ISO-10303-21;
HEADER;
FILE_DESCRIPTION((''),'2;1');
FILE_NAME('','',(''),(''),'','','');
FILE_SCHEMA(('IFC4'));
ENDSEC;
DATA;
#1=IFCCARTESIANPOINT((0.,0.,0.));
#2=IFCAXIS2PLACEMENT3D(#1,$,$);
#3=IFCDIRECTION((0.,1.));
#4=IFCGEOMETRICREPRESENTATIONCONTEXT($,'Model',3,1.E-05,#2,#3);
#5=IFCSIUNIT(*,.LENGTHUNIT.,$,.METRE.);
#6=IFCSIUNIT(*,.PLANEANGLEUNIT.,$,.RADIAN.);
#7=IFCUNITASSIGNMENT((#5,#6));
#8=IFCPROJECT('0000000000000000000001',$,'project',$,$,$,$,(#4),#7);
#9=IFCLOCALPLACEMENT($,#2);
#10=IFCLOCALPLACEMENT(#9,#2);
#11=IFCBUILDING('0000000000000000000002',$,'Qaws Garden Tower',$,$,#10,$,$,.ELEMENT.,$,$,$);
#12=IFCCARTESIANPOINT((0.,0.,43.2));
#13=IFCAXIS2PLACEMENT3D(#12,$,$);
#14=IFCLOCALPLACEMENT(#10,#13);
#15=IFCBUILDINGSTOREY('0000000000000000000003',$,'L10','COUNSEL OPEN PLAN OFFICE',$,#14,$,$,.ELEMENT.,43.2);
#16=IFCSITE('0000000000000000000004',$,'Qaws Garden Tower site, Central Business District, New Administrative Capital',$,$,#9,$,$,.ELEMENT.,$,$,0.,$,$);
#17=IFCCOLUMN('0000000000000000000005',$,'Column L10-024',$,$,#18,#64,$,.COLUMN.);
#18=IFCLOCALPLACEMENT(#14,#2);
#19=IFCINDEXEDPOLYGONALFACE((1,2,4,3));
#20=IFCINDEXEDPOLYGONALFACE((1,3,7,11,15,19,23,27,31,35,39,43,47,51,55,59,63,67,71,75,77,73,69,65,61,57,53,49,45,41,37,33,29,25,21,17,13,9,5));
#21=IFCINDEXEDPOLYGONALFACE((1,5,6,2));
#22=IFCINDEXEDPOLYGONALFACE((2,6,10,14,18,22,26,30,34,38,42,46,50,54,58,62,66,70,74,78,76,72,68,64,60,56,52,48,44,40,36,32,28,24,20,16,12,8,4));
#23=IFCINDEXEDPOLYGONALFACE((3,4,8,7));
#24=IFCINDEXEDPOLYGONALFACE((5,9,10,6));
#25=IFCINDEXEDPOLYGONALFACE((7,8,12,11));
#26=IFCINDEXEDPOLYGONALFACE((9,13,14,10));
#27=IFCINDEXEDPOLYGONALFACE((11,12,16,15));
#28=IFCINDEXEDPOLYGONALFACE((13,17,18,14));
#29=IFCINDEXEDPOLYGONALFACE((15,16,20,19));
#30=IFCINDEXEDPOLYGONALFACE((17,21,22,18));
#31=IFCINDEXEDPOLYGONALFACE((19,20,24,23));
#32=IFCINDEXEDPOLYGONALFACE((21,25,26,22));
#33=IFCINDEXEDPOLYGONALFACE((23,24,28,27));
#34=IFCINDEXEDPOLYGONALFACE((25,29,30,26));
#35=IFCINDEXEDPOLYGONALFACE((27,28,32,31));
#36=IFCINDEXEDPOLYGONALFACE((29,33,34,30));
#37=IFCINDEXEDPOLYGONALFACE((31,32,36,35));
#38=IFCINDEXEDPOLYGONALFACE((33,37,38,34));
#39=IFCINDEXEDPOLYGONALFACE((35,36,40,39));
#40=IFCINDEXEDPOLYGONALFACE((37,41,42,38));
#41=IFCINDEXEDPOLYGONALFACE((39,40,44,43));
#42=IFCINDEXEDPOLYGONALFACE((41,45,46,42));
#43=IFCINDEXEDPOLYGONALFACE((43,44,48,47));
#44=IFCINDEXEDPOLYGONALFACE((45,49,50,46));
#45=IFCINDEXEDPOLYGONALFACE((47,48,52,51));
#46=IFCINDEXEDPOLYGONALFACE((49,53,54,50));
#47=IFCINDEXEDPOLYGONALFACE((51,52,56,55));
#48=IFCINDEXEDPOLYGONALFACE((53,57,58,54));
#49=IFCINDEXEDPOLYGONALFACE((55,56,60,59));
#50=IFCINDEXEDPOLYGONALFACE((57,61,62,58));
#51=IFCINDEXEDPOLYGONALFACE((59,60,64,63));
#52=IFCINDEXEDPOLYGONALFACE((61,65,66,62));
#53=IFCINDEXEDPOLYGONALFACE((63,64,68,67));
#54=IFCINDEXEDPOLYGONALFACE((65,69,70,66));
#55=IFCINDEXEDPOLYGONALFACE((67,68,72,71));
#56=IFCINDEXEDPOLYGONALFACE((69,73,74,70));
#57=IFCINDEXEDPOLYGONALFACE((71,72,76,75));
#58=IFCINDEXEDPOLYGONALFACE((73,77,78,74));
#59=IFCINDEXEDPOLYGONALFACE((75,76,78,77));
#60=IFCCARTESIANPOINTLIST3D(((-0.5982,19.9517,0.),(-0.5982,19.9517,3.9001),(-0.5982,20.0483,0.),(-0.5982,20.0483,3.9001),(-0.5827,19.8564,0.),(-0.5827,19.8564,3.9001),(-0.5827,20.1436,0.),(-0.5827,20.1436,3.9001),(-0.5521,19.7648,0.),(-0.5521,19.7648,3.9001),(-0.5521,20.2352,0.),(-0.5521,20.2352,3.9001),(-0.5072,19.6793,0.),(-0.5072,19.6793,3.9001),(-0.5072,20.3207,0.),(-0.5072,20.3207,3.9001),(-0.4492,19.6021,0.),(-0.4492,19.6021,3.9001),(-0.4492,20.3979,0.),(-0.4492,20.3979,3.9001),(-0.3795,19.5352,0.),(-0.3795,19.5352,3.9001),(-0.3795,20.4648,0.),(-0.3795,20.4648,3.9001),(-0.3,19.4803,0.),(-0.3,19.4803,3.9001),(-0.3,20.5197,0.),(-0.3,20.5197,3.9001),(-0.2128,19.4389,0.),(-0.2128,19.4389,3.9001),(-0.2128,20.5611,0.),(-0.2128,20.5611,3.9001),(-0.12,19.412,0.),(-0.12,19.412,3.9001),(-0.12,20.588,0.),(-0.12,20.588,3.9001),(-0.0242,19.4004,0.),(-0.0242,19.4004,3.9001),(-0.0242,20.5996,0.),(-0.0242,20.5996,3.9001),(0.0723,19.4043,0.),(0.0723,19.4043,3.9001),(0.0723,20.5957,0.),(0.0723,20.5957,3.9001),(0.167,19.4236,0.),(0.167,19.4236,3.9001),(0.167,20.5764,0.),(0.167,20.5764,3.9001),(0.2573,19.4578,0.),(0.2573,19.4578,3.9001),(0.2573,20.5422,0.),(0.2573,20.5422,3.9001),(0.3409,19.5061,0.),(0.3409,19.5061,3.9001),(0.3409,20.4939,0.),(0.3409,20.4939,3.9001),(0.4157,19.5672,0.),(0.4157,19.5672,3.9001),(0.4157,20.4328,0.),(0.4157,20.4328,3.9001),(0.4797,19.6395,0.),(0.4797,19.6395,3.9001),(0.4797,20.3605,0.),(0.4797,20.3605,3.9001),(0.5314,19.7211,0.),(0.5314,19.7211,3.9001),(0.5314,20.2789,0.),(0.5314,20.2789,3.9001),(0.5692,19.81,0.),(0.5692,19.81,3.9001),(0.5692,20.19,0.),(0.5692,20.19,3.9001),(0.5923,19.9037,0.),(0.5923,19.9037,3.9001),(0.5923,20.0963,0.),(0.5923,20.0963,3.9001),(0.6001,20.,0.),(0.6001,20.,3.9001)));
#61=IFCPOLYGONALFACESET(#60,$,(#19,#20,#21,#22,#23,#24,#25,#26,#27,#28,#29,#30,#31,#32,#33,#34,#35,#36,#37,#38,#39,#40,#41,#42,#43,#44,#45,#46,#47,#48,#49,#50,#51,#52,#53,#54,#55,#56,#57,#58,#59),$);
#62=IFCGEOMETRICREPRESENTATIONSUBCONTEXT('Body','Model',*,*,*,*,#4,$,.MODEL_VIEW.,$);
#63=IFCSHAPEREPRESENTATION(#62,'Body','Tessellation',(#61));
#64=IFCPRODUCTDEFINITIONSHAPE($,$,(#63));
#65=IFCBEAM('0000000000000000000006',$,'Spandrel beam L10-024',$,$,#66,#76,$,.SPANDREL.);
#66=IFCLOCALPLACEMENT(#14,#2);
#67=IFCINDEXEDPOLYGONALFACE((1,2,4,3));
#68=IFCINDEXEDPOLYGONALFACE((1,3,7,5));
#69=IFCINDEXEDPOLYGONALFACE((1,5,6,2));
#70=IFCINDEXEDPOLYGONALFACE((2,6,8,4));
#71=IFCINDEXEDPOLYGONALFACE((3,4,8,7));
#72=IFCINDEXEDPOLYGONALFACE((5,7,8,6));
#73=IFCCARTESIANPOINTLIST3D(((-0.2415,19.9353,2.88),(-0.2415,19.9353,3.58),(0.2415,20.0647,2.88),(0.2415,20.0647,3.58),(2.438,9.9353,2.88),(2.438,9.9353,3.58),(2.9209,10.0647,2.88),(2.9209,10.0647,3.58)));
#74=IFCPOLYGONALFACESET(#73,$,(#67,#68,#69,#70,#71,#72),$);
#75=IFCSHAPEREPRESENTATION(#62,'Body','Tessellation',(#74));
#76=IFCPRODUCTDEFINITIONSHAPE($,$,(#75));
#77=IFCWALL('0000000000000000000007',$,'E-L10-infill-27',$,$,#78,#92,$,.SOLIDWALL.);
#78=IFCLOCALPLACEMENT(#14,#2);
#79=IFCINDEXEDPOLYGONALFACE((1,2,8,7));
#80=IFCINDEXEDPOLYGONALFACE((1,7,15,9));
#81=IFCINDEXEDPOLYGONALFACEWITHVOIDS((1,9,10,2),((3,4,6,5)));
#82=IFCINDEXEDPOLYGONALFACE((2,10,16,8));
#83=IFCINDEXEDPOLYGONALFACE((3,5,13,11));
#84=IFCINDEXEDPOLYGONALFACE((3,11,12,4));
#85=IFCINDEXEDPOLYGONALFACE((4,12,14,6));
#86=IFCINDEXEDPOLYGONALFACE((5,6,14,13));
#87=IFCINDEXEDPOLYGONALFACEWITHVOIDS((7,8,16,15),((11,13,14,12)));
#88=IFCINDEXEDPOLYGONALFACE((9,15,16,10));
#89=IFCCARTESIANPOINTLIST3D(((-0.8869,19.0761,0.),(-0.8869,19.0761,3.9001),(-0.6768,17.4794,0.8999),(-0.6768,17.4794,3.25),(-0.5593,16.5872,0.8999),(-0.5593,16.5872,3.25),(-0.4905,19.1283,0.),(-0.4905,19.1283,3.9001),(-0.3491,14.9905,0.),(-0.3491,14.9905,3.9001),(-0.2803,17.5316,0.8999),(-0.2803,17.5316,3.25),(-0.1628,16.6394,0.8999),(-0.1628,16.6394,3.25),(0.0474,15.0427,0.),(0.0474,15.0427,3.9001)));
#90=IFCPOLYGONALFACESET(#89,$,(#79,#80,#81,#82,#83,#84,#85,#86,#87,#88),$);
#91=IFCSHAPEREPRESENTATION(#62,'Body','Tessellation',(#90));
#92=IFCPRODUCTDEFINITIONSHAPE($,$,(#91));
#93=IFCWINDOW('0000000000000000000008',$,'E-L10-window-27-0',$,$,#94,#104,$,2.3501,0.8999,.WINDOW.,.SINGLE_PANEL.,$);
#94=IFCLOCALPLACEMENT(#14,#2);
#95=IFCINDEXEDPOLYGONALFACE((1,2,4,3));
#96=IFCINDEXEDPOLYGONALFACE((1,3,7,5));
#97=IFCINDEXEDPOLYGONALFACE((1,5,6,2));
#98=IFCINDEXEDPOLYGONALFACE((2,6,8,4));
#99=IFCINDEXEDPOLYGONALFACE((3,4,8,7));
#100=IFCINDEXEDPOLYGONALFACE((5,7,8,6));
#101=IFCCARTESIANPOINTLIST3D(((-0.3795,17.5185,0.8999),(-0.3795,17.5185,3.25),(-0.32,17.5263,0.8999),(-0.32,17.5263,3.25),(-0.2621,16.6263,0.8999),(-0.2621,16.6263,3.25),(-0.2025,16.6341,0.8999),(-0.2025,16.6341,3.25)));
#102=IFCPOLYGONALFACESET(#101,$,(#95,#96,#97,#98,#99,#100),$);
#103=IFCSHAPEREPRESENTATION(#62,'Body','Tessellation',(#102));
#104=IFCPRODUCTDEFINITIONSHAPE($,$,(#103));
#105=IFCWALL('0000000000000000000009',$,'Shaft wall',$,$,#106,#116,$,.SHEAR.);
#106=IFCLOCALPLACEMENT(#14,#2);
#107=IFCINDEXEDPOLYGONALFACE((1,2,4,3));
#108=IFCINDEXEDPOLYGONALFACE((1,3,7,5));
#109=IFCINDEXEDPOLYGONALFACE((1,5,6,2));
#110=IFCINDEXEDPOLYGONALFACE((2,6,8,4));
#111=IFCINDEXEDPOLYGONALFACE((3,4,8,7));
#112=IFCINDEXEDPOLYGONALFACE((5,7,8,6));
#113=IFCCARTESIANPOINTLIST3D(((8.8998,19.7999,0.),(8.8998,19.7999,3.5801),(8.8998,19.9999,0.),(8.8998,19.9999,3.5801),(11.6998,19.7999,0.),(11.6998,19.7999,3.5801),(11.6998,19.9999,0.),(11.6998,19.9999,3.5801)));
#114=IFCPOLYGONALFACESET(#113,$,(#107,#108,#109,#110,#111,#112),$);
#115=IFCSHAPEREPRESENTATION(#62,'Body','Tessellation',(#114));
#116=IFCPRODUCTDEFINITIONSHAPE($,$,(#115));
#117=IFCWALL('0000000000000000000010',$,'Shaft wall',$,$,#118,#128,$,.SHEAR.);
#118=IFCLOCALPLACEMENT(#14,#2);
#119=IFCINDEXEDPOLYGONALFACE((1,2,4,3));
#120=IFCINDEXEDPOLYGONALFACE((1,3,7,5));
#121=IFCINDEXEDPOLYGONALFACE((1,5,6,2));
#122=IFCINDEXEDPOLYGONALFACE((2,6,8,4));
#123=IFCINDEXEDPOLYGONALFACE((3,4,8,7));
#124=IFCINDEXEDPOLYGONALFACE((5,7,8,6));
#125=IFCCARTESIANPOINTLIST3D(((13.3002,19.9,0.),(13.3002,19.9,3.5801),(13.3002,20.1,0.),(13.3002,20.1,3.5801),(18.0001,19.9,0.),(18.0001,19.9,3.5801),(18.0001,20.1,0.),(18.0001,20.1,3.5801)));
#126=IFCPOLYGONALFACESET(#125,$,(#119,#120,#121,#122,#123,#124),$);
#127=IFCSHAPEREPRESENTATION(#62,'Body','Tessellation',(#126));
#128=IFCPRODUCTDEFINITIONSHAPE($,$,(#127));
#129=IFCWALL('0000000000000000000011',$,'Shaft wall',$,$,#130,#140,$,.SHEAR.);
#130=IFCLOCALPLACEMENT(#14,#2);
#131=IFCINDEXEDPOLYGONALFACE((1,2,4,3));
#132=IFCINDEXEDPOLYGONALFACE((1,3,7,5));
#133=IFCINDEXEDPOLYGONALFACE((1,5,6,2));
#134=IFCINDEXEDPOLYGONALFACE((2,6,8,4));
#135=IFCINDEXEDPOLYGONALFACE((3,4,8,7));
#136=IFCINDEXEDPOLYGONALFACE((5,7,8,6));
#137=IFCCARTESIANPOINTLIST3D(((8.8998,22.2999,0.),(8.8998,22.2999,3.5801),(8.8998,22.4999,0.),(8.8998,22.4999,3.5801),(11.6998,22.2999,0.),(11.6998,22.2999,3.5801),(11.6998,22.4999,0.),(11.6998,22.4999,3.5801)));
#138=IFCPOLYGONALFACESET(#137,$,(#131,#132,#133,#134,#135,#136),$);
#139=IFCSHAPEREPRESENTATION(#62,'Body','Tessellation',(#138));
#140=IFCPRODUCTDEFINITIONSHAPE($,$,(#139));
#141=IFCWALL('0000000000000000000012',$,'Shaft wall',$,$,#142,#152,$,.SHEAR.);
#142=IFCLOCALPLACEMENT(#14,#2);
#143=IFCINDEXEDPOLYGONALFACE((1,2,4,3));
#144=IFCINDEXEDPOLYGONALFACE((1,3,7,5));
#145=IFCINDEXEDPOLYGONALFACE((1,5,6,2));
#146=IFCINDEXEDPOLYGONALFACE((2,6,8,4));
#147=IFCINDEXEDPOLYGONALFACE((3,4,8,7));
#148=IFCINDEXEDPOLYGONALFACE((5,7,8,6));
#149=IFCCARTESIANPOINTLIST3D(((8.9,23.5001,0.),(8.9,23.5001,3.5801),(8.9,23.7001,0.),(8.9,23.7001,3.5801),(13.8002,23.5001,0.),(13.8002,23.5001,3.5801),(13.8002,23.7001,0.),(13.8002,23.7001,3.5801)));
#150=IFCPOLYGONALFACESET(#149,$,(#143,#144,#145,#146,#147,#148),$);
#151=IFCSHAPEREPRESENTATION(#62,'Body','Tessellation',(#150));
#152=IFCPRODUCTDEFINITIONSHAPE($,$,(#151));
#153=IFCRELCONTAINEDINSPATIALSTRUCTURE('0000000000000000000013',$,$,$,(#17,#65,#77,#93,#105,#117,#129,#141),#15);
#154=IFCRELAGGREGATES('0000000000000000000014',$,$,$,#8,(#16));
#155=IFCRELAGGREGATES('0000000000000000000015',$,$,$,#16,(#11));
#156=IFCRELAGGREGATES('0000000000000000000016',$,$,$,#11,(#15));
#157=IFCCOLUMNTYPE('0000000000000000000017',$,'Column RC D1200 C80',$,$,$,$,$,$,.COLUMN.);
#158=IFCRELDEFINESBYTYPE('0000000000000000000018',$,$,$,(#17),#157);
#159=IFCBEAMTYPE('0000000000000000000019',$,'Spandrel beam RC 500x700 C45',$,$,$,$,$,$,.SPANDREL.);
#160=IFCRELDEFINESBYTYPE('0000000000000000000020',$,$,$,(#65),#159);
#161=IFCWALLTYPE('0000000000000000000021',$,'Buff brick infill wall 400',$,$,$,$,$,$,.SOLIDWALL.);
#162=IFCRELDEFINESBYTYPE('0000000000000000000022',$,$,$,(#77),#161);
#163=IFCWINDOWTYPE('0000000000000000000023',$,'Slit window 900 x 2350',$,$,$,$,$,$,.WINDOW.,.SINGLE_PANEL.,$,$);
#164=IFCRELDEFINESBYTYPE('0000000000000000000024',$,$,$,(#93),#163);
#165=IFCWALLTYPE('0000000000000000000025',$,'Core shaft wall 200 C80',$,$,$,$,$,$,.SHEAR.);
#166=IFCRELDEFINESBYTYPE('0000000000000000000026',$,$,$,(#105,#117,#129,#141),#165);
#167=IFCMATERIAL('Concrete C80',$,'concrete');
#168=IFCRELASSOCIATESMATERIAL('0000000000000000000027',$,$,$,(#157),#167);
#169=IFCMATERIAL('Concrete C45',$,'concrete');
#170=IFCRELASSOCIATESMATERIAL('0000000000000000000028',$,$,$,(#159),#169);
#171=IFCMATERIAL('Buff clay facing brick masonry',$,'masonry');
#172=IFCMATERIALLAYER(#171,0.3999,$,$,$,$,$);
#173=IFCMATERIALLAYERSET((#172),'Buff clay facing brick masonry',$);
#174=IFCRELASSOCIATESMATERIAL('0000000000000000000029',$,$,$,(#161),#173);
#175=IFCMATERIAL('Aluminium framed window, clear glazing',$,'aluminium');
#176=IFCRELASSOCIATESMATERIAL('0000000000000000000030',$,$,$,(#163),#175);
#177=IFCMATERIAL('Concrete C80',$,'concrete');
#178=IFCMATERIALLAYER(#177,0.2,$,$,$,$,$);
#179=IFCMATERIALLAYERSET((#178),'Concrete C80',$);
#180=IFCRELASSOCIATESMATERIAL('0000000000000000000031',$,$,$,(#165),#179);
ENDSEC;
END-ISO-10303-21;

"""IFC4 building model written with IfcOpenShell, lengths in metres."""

from ifc_helpers import new_model, si_unit, direction, frame, frame_2d, origin, origin_2d, place, context, subcontext, project, spatial, rectangle, circle, extrude, material, layer, layer_set, material_profile, profile_set, type_object, element, fill, save


model = new_model("IFC4")

# Units and contexts
model_context = context("Model", 3, precision=1e-05, world=origin(), true_north=direction((0.0, 1.0)))
body_context = subcontext(model_context, "Body", "Model", "MODEL_VIEW")
ifc_project = project(units=[si_unit("LENGTHUNIT", "METRE"), si_unit("PLANEANGLEUNIT", "RADIAN")], contexts=[model_context])

# Site, building, storey
site_placement = place(None, origin())
site = spatial("IfcSite", under=ifc_project, at=site_placement, Name="Qaws Garden Tower site, Central Business District, New Administrative Capital", CompositionType="ELEMENT", RefElevation=0.0)
building_placement = place(site_placement, origin())
building = spatial("IfcBuilding", under=site, at=building_placement, Name="Qaws Garden Tower", CompositionType="ELEMENT")
storey_placement = place(building_placement, frame((0.0, 0.0, 43.2)))
storey = spatial("IfcBuildingStorey", under=building, at=storey_placement, Name="L10", Description="COUNSEL OPEN PLAN OFFICE", CompositionType="ELEMENT", Elevation=43.2)

# Column
ifc_material_1 = material(Name="Concrete C80", Category="concrete")
ifc_material_profile_1 = material_profile(ifc_material_1, circle(Radius=0.6001, at=origin_2d()), Name="RC D1200")
ifc_profile_set_1 = profile_set([ifc_material_profile_1], Name="Concrete C80")
column_type = type_object("IfcColumnType", Name="Column RC D1200 C80", PredefinedType="COLUMN", material=ifc_profile_set_1)
column_placement = place(storey_placement, frame((0.0, 20.0, 0.0), z_axis=(0.0, 0.0, 1.0), x_axis=(1.0, 0.0, 0.0)))
element("IfcColumn", 1, at=column_placement, inside=storey, type_object=column_type, Name="Column L10-024", PredefinedType="COLUMN", context=body_context, shape_type="SweptSolid", body=[
    extrude(circle(Radius=0.6001, at=origin_2d()), origin(), (0.0, 0.0, 1.0), 3.9001),
])

# Beam
ifc_material_2 = material(Name="Concrete C45", Category="concrete")
ifc_material_profile_2 = material_profile(ifc_material_2, rectangle(XDim=0.5, YDim=0.7, at=origin_2d()), Name="RC 500x700")
ifc_profile_set_2 = profile_set([ifc_material_profile_2], Name="Concrete C45")
beam_type = type_object("IfcBeamType", Name="Spandrel beam RC 500x700 C45", PredefinedType="SPANDREL", material=ifc_profile_set_2)
beam_placement = place(storey_placement, frame((0.0, 20.0, 3.23), z_axis=(0.258815, -0.965927, 0.0), x_axis=(0.965927, 0.258815, 0.0)))
element("IfcBeam", 2, at=beam_placement, inside=storey, type_object=beam_type, Name="Spandrel beam L10-024", PredefinedType="SPANDREL", context=body_context, shape_type="SweptSolid", body=[
    extrude(rectangle(XDim=0.5, YDim=0.7, at=origin_2d()), origin(), (0.0, 0.0, 1.0), 10.3528),
])

# Wall, opening, window
ifc_material_3 = material(Name="Buff clay facing brick masonry", Category="masonry")
ifc_layer_1 = layer(ifc_material_3, 0.3999)
ifc_layer_set_1 = layer_set([ifc_layer_1], Name="Buff clay facing brick masonry")
wall_type_1 = type_object("IfcWallType", Name="Buff brick infill wall 400", PredefinedType="SOLIDWALL", material=ifc_layer_set_1)
wall_1_placement = place(storey_placement, frame((-0.6887, 19.1023, 0.0), z_axis=(0.0, 0.0, 1.0), x_axis=(0.130514, -0.991446, 0.0)))
wall_1 = element("IfcWall", 3, at=wall_1_placement, inside=storey, type_object=wall_type_1, Name="E-L10-infill-27", PredefinedType="SOLIDWALL", context=body_context, shape_type="SweptSolid", body=[
    extrude(rectangle(XDim=4.1208, YDim=0.3999, at=frame_2d((2.0605, 0.0))), origin(), (0.0, 0.0, 1.0), 3.9001),
])
opening_1_placement = place(wall_1_placement, frame((1.6106, 0.0, 0.8999)))
opening_1 = element("IfcOpeningElement", 4, at=opening_1_placement, cuts=wall_1, PredefinedType="OPENING", context=body_context, shape_type="SweptSolid", body=[
    extrude(rectangle(XDim=0.8999, YDim=2.3501, at=frame_2d((0.45, 1.175))), frame((0.0, 0.21, 0.0), z_axis=(0.0, -1.0, 0.0), x_axis=(1.0, 0.0, 0.0)), (0.0, 0.0, 1.0), 0.4199),
])
ifc_material_4 = material(Name="Aluminium framed window, clear glazing", Category="aluminium")
window_type = type_object("IfcWindowType", Name="Slit window 900 x 2350", PartitioningType="SINGLE_PANEL", PredefinedType="WINDOW", material=ifc_material_4)
window_placement = place(opening_1_placement, origin())
window = element("IfcWindow", 5, at=window_placement, inside=storey, type_object=window_type, Name="E-L10-window-27-0", OverallHeight=2.3501, OverallWidth=0.8999, PartitioningType="SINGLE_PANEL", PredefinedType="WINDOW", context=body_context, shape_type="SweptSolid", body=[
    extrude(rectangle(XDim=0.8999, YDim=2.3501, at=frame_2d((0.45, 1.175))), frame((0.0, 0.1599, 0.0), z_axis=(0.0, -1.0, 0.0), x_axis=(1.0, 0.0, 0.0)), (0.0, 0.0, 1.0), 0.0601),
])
fill(opening_1, window)

# Walls
ifc_material_5 = material(Name="Concrete C80", Category="concrete")
ifc_layer_2 = layer(ifc_material_5, 0.2)
ifc_layer_set_2 = layer_set([ifc_layer_2], Name="Concrete C80")
wall_type_2 = type_object("IfcWallType", Name="Core shaft wall 200 C80", PredefinedType="SHEAR", material=ifc_layer_set_2)
wall_2_placement = place(storey_placement, frame((8.8999, 19.8999, 0.0), z_axis=(0.0, 0.0, 1.0), x_axis=(1.0, 0.0, 0.0)))
element("IfcWall", 6, at=wall_2_placement, inside=storey, type_object=wall_type_2, Name="Shaft wall", PredefinedType="SHEAR", context=body_context, shape_type="SweptSolid", body=[
    extrude(rectangle(XDim=2.8, YDim=0.2, at=frame_2d((1.3999, 0.0))), origin(), (0.0, 0.0, 1.0), 3.5801),
])
wall_3_placement = place(storey_placement, frame((13.3, 20.0, 0.0), z_axis=(0.0, 0.0, 1.0), x_axis=(1.0, 0.0, 0.0)))
element("IfcWall", 7, at=wall_3_placement, inside=storey, type_object=wall_type_2, Name="Shaft wall", PredefinedType="SHEAR", context=body_context, shape_type="SweptSolid", body=[
    extrude(rectangle(XDim=4.7, YDim=0.2, at=frame_2d((2.3501, 0.0))), origin(), (0.0, 0.0, 1.0), 3.5801),
])
wall_4_placement = place(storey_placement, frame((8.8999, 22.3999, 0.0), z_axis=(0.0, 0.0, 1.0), x_axis=(1.0, 0.0, 0.0)))
element("IfcWall", 8, at=wall_4_placement, inside=storey, type_object=wall_type_2, Name="Shaft wall", PredefinedType="SHEAR", context=body_context, shape_type="SweptSolid", body=[
    extrude(rectangle(XDim=2.8, YDim=0.2, at=frame_2d((1.3999, 0.0))), origin(), (0.0, 0.0, 1.0), 3.5801),
])
wall_5_placement = place(storey_placement, frame((8.8999, 23.6001, 0.0), z_axis=(0.0, 0.0, 1.0), x_axis=(1.0, 0.0, 0.0)))
element("IfcWall", 9, at=wall_5_placement, inside=storey, type_object=wall_type_2, Name="Shaft wall", PredefinedType="SHEAR", context=body_context, shape_type="SweptSolid", body=[
    extrude(rectangle(XDim=4.9001, YDim=0.2, at=frame_2d((2.4502, 0.0))), origin(), (0.0, 0.0, 1.0), 3.5801),
])

save(model, "model.ifc")
